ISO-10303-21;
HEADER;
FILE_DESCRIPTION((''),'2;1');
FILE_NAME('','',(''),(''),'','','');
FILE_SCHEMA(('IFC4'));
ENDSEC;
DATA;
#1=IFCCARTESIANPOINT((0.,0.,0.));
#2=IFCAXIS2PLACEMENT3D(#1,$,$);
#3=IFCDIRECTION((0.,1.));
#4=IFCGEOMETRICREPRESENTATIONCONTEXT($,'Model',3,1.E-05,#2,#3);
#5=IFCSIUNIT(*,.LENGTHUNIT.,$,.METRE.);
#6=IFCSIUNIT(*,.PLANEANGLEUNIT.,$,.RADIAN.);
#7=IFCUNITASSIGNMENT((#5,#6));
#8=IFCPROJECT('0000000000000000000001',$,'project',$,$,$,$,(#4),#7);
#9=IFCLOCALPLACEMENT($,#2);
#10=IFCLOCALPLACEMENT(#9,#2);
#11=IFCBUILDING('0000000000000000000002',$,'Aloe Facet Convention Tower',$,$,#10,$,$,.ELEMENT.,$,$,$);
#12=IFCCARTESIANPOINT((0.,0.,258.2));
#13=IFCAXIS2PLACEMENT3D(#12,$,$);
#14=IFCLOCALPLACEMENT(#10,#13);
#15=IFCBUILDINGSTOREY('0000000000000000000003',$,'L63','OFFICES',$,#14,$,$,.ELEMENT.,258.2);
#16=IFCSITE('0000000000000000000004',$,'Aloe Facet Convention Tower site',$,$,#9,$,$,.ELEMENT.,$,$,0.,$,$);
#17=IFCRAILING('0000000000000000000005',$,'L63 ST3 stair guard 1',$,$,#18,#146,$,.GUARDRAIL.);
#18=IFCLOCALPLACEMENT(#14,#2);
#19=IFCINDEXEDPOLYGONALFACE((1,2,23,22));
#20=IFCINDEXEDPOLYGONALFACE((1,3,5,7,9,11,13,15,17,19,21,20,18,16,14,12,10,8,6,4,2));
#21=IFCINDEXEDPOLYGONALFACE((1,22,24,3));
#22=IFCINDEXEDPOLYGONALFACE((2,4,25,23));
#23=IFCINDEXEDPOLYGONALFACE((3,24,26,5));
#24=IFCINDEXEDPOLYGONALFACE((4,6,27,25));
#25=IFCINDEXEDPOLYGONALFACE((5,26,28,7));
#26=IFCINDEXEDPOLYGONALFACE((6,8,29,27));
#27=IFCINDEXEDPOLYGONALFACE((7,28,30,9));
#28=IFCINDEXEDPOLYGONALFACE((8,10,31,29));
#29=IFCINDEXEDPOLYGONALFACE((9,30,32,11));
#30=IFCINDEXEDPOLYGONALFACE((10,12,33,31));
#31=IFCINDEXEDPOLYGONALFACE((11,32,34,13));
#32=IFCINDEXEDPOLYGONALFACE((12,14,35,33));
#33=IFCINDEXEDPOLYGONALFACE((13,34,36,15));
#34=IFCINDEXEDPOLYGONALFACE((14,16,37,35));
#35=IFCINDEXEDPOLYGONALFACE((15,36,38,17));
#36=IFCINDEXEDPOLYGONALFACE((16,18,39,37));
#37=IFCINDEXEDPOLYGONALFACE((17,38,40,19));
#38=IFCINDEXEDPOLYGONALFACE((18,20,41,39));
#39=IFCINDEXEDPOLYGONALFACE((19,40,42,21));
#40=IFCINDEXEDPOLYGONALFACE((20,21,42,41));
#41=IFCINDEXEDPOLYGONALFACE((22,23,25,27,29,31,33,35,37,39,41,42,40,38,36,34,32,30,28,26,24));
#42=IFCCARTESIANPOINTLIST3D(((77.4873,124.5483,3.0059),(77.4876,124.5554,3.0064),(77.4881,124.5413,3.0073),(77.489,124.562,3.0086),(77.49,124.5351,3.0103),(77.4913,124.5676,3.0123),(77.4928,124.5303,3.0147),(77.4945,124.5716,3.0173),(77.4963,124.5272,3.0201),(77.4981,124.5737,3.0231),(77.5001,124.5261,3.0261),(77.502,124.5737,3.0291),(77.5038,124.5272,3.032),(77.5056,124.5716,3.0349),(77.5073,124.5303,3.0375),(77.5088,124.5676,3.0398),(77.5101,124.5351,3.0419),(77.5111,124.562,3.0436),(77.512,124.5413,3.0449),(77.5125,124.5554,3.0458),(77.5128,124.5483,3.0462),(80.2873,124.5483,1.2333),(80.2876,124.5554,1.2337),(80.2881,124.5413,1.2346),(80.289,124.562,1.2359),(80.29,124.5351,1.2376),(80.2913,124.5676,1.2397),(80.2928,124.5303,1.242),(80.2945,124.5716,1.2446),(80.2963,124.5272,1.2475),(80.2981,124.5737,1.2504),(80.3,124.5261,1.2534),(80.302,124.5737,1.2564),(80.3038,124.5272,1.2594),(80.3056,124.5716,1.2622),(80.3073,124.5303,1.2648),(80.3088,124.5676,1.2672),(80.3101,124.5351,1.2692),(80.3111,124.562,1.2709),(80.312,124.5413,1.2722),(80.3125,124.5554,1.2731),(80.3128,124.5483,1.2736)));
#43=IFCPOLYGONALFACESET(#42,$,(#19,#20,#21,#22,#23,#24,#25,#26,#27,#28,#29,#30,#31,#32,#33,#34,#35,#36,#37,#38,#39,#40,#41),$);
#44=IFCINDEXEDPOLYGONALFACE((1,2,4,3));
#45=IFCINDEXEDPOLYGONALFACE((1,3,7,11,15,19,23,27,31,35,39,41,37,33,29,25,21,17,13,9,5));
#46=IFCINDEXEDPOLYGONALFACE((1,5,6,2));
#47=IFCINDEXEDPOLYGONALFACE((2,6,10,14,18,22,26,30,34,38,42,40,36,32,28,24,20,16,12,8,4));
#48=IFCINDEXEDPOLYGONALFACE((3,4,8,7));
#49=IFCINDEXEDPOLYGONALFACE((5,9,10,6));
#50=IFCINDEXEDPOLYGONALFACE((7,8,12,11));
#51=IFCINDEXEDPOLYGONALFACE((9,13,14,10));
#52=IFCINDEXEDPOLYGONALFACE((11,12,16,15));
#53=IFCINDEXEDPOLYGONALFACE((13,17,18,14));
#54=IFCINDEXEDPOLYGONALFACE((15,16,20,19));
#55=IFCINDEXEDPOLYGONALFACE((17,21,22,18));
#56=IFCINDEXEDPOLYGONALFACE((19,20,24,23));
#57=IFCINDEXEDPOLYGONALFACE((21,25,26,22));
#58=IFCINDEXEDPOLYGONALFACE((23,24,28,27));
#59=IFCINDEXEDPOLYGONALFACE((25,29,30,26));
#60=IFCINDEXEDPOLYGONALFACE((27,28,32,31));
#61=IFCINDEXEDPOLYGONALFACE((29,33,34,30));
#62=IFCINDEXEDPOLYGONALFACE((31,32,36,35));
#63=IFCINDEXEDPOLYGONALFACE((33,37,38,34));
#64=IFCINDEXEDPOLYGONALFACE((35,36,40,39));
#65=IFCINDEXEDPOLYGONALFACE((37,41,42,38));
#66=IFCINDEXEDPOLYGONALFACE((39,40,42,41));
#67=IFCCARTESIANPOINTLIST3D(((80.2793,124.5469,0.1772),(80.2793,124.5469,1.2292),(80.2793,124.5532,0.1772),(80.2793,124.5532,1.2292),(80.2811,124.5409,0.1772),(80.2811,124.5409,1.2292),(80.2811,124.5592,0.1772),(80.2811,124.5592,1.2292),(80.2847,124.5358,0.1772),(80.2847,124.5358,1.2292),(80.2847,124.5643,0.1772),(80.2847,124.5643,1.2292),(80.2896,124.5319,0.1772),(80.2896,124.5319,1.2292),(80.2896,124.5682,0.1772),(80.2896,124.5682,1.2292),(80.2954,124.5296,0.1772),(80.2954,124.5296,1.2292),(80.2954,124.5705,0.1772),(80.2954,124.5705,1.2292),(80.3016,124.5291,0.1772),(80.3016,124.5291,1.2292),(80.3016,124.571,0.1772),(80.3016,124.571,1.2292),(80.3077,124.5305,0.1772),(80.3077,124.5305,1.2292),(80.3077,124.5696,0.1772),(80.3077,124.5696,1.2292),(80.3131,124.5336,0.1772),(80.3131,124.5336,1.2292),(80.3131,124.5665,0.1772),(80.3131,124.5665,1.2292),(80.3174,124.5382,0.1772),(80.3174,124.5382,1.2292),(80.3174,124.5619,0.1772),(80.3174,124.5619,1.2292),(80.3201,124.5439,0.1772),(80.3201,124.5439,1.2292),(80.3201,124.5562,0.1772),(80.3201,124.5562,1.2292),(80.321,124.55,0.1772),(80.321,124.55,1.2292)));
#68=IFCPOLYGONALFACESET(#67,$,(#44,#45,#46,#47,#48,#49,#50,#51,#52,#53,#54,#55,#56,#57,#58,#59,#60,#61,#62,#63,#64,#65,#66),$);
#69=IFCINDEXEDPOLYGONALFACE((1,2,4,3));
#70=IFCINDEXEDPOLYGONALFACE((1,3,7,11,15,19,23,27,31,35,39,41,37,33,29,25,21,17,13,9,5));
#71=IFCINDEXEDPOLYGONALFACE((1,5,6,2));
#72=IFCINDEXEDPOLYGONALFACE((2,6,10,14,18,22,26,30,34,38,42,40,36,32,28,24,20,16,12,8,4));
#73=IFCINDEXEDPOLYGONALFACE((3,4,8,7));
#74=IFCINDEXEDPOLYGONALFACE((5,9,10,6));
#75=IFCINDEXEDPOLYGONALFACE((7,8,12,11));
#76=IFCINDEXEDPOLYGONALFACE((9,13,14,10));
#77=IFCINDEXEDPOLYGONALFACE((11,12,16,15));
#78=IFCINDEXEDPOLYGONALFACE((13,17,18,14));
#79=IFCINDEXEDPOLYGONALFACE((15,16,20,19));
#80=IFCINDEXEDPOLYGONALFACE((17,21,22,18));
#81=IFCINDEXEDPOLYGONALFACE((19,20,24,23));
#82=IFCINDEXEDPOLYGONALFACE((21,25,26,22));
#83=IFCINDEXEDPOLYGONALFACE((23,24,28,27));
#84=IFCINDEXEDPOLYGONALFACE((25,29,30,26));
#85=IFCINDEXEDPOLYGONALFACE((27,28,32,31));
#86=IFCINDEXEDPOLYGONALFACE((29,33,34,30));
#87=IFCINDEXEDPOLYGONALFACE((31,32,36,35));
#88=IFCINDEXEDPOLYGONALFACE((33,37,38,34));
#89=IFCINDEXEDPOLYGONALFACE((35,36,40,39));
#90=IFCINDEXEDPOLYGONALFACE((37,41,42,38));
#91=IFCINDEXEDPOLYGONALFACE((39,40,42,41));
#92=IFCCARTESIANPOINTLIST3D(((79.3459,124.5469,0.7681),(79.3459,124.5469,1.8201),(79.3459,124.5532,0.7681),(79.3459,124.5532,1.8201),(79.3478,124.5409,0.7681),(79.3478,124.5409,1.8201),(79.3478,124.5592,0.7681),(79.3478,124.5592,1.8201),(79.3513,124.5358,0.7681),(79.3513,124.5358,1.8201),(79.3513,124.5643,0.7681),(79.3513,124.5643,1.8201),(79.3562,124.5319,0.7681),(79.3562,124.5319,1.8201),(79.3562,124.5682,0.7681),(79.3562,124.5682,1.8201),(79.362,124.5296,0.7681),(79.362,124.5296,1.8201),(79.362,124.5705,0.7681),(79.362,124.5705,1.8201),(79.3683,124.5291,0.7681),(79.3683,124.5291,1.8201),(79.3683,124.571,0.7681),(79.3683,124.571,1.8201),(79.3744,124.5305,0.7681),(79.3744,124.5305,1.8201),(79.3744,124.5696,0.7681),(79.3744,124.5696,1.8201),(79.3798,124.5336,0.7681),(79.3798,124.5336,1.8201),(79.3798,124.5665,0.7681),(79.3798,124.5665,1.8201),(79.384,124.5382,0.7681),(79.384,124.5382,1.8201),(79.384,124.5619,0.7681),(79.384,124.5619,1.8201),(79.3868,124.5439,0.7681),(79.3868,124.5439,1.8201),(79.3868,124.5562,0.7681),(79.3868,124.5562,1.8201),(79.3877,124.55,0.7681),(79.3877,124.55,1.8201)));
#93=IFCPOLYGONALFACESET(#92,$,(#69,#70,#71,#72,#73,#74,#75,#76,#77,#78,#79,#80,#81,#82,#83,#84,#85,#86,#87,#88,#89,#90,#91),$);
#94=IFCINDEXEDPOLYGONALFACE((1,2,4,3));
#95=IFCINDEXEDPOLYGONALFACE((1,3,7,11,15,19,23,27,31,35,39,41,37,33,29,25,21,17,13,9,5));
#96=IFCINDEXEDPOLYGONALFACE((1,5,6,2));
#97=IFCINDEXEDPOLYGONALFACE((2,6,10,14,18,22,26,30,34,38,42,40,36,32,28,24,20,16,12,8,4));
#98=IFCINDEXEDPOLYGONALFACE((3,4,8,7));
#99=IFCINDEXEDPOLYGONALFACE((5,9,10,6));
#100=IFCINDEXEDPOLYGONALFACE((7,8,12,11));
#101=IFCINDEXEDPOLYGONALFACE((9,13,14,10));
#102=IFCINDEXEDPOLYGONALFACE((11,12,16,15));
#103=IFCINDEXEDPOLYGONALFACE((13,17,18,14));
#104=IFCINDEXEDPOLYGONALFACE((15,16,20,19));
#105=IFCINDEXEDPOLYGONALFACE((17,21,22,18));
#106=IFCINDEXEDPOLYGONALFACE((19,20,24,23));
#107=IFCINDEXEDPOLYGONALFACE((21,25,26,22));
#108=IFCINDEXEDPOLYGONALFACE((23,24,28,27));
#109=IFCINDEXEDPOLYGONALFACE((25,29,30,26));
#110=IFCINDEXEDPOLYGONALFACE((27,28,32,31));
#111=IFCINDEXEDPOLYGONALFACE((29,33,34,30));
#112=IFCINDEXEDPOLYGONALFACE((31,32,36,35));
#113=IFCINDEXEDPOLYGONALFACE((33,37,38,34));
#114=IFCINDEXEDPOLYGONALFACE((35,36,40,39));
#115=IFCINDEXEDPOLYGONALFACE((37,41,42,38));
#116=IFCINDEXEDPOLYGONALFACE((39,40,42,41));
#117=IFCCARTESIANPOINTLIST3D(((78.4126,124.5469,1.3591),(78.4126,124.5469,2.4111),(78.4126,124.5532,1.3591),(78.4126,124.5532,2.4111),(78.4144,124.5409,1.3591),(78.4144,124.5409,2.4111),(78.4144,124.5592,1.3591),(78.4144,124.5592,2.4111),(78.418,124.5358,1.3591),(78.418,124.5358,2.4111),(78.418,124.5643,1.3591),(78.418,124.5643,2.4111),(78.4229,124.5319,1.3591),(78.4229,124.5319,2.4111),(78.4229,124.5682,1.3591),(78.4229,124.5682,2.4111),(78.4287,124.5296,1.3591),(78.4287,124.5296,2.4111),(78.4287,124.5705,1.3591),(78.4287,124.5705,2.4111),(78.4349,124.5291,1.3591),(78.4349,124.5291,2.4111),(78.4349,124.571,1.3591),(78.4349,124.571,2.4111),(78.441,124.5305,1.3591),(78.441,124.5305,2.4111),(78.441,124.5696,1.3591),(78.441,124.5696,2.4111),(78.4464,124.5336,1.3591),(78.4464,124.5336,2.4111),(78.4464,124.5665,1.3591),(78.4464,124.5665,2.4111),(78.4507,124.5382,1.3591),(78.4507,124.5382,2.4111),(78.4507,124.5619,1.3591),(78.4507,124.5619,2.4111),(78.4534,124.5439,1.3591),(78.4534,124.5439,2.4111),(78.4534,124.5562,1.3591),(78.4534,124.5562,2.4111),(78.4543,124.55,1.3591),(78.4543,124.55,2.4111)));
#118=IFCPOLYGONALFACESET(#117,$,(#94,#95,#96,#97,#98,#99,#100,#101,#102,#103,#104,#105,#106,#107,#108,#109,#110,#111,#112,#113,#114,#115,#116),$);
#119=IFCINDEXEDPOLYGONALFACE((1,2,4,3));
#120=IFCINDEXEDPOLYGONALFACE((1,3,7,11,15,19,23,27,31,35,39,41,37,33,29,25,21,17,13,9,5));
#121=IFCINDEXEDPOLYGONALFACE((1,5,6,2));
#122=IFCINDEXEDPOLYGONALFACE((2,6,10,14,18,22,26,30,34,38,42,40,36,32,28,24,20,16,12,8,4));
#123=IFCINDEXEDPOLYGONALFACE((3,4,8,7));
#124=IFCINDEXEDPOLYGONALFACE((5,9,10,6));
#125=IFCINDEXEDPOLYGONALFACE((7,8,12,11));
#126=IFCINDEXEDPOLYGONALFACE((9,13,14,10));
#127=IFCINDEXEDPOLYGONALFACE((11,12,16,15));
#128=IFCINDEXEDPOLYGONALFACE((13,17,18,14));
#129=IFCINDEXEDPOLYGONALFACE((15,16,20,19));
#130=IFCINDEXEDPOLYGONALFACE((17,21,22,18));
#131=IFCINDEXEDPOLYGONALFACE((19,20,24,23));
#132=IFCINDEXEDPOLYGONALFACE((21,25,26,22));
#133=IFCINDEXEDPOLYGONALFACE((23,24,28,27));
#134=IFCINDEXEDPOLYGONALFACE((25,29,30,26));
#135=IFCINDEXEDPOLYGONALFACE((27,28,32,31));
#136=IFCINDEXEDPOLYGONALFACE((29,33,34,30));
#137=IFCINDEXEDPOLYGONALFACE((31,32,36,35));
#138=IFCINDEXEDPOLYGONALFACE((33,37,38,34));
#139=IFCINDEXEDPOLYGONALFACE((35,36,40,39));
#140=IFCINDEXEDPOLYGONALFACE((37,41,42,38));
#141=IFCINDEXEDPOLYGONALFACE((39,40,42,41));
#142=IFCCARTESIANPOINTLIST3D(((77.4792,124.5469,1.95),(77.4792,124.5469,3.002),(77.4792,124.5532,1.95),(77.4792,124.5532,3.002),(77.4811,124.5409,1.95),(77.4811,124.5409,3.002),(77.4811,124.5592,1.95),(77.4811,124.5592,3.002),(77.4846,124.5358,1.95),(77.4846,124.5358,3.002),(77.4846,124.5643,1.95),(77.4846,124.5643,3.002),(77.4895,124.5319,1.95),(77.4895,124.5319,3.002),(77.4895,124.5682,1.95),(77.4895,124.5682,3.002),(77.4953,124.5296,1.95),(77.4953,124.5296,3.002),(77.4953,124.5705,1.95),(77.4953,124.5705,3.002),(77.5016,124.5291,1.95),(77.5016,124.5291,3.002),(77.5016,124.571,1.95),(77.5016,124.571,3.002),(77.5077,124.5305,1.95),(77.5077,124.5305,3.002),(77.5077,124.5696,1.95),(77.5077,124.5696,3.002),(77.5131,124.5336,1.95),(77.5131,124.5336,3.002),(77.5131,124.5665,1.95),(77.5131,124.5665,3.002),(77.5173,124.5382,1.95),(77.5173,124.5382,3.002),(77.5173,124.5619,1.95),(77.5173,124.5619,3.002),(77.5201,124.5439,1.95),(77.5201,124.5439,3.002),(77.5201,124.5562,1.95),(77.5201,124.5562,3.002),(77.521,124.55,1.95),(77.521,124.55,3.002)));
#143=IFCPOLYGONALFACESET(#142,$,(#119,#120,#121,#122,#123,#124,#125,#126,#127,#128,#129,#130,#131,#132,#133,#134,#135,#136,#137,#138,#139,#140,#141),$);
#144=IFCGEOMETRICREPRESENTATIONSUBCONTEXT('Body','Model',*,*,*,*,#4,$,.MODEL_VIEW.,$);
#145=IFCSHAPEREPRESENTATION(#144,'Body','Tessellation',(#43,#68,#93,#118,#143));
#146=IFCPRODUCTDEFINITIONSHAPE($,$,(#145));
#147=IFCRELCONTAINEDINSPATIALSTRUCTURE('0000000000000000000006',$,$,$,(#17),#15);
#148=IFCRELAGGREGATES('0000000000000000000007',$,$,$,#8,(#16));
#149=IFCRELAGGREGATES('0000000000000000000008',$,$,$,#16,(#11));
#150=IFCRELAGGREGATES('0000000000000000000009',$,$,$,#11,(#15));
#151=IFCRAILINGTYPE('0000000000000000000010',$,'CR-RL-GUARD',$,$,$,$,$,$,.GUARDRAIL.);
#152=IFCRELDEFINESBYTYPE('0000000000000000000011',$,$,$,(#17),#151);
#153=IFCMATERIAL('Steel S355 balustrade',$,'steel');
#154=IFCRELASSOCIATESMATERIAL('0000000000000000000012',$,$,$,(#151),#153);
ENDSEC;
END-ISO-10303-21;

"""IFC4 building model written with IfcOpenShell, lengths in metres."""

from ifc_helpers import new_model, si_unit, direction, frame, origin, origin_2d, place, context, subcontext, project, spatial, circle, extrude, material, type_object, element, save


model = new_model("IFC4")

# Units and contexts
model_context = context("Model", 3, precision=1e-05, world=origin(), true_north=direction((0.0, 1.0)))
body_context = subcontext(model_context, "Body", "Model", "MODEL_VIEW")
ifc_project = project(units=[si_unit("LENGTHUNIT", "METRE"), si_unit("PLANEANGLEUNIT", "RADIAN")], contexts=[model_context])

# Site, building, storey
site_placement = place(None, origin())
site = spatial("IfcSite", under=ifc_project, at=site_placement, Name="Aloe Facet Convention Tower site", CompositionType="ELEMENT", RefElevation=0.0)
building_placement = place(site_placement, origin())
building = spatial("IfcBuilding", under=site, at=building_placement, Name="Aloe Facet Convention Tower", CompositionType="ELEMENT")
storey_placement = place(building_placement, frame((0.0, 0.0, 258.2)))
storey = spatial("IfcBuildingStorey", under=building, at=storey_placement, Name="L63", Description="OFFICES", CompositionType="ELEMENT", Elevation=258.2)

# Railing
ifc_material_1 = material(Name="Steel S355 balustrade", Category="steel")
railing_type_1 = type_object("IfcRailingType", Name="CR-RL-GUARD", PredefinedType="GUARDRAIL", material=ifc_material_1)
railing_1_placement = place(storey_placement, frame((80.3, 124.55, 0.1772)))
element("IfcRailing", 1, at=railing_1_placement, inside=storey, type_object=railing_type_1, Name="L63 ST3 stair guard 1", PredefinedType="GUARDRAIL", context=body_context, shape_type="SweptSolid", body=[
    extrude(circle(Radius=0.0239, at=origin_2d()), frame((0.0, 0.0, 1.0762), z_axis=(-0.844909, 0.0, 0.53491), x_axis=(0.0, -1.0, 0.0)), (0.0, 0.0, 1.0), 3.314),
    extrude(circle(Radius=0.021, at=origin_2d()), origin(), (0.0, 0.0, 1.0), 1.052),
    extrude(circle(Radius=0.021, at=origin_2d()), frame((-0.9333, 0.0, 0.5908)), (0.0, 0.0, 1.0), 1.052),
    extrude(circle(Radius=0.021, at=origin_2d()), frame((-1.8667, 0.0, 1.1819)), (0.0, 0.0, 1.0), 1.052),
    extrude(circle(Radius=0.021, at=origin_2d()), frame((-2.8, 0.0, 1.7727)), (0.0, 0.0, 1.0), 1.052),
])

save(model, "model.ifc")
